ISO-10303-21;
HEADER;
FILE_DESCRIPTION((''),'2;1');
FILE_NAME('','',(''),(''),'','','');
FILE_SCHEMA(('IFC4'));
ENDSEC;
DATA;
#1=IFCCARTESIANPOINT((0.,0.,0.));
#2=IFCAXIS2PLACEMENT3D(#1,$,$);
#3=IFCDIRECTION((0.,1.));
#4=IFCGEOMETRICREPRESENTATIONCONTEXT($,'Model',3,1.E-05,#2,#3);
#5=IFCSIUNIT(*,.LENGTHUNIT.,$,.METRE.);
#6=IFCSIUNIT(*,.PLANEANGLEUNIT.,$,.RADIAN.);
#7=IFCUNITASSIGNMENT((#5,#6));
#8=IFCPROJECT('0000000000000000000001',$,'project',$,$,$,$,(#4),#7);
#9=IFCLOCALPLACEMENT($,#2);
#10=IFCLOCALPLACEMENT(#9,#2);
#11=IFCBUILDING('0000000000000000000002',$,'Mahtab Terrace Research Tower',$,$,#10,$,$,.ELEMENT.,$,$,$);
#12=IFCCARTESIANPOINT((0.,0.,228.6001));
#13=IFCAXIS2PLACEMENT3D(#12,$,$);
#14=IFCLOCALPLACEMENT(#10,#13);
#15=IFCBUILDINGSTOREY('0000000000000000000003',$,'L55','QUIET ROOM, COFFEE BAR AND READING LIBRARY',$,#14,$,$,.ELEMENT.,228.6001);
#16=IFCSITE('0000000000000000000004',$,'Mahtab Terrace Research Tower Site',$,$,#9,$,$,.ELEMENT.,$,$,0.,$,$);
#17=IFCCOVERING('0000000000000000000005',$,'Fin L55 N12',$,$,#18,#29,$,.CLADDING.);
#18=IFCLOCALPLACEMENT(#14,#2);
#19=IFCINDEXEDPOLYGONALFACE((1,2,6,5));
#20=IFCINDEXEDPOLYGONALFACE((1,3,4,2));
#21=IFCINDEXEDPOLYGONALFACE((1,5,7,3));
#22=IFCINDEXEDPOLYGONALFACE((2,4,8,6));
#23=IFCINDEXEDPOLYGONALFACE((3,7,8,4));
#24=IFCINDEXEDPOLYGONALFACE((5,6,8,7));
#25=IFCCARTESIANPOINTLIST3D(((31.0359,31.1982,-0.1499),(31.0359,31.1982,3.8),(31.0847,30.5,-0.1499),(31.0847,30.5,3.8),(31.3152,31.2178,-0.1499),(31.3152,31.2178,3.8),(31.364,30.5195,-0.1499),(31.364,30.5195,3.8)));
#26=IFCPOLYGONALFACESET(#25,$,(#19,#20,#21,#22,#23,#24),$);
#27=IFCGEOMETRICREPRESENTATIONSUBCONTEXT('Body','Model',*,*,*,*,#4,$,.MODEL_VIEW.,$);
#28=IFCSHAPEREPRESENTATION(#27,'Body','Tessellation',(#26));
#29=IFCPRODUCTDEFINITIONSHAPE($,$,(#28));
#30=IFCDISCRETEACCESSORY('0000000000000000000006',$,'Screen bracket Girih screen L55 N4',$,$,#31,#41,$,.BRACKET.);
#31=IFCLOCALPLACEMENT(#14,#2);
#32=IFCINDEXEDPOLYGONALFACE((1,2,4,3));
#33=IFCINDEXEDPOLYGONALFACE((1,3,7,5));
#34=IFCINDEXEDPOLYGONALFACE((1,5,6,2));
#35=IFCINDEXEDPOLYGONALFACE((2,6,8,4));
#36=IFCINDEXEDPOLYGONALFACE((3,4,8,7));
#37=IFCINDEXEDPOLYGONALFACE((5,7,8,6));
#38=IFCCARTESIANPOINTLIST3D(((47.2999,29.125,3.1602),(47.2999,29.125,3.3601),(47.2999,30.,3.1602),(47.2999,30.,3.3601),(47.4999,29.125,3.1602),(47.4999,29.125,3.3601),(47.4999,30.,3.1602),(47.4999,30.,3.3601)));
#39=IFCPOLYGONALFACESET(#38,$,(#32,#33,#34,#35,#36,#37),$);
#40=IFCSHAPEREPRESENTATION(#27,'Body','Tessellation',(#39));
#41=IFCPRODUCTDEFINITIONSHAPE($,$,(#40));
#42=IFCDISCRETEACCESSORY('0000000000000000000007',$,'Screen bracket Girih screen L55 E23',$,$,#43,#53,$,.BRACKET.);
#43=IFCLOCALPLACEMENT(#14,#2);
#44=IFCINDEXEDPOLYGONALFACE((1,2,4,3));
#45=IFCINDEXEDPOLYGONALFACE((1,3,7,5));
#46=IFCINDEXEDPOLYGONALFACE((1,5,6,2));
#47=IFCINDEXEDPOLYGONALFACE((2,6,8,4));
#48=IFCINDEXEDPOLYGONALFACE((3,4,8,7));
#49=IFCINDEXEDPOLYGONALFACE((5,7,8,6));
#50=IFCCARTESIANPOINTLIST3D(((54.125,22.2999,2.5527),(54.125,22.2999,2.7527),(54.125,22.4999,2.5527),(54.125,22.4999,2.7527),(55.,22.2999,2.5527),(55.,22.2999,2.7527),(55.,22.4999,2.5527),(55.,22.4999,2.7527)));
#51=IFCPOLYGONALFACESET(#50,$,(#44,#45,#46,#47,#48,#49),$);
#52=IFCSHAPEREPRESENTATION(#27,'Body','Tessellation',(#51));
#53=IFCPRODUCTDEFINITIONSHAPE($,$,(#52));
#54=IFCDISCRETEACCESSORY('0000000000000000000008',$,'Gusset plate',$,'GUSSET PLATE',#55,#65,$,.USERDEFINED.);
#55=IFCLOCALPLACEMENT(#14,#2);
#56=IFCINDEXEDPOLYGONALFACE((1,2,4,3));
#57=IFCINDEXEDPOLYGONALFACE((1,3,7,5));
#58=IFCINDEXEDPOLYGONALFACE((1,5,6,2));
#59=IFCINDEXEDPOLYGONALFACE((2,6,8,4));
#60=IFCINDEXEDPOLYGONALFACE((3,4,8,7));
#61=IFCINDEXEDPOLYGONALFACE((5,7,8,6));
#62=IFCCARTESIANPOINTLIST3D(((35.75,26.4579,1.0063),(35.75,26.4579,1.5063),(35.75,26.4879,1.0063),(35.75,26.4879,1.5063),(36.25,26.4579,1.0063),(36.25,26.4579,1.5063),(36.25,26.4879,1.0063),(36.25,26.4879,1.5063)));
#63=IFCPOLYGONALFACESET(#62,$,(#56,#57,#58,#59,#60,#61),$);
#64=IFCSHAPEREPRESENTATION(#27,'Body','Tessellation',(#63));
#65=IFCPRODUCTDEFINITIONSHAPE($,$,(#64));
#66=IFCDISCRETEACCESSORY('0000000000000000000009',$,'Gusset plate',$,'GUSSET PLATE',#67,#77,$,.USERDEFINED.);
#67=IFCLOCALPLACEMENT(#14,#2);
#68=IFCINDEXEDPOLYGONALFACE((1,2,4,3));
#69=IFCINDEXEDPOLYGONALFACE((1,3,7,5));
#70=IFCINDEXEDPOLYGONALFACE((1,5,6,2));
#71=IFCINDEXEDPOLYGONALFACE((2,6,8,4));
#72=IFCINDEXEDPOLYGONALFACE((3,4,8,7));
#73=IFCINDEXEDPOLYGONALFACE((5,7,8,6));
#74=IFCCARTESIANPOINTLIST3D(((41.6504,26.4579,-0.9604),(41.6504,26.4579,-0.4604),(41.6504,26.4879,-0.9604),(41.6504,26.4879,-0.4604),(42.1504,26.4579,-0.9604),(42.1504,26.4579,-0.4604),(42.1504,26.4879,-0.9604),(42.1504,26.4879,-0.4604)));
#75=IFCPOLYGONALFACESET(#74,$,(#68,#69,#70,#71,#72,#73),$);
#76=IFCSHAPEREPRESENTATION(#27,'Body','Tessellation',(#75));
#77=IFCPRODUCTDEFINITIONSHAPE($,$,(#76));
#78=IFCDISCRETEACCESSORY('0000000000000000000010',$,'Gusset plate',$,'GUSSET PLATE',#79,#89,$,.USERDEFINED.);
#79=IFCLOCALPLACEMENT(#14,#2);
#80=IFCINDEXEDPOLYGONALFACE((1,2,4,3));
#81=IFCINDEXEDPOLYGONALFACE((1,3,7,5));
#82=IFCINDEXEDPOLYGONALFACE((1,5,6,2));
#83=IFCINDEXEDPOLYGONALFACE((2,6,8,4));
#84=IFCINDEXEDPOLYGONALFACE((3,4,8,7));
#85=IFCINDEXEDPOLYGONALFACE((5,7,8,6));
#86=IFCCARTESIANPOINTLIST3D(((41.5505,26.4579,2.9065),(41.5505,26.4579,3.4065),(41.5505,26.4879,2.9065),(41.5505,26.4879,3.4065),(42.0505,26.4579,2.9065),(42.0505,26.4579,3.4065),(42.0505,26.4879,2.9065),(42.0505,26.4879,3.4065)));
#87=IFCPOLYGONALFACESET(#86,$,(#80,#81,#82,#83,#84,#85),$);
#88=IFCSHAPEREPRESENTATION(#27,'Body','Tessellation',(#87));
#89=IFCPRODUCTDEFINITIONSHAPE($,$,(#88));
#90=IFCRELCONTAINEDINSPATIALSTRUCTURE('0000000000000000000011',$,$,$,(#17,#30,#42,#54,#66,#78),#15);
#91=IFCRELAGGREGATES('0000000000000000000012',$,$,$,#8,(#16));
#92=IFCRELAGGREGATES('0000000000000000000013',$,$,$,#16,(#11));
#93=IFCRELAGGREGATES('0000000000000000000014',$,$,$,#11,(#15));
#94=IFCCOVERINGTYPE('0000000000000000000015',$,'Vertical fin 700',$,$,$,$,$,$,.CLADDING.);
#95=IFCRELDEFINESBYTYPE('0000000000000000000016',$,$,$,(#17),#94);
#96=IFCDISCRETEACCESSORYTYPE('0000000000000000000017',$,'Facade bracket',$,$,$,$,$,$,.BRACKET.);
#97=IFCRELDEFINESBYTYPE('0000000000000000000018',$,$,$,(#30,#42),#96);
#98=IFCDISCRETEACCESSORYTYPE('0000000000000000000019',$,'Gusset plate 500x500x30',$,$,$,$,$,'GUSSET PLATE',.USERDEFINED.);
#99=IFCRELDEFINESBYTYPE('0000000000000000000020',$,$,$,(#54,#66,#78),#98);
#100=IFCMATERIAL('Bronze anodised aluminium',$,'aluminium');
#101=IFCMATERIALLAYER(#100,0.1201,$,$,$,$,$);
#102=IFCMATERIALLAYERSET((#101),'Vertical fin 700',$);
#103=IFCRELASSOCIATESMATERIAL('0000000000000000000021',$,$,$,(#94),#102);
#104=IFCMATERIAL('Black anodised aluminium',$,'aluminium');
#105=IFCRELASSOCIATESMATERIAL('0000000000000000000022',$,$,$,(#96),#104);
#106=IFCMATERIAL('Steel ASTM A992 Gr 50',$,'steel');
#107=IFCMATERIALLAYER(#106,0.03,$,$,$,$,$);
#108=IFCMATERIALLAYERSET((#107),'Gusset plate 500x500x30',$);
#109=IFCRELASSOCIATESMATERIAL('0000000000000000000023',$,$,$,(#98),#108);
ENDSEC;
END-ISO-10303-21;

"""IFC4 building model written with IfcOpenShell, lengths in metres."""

from ifc_helpers import new_model, si_unit, direction, frame, origin, origin_2d, place, context, subcontext, project, spatial, rectangle, extrude, material, layer, layer_set, type_object, element, save


model = new_model("IFC4")

# Units and contexts
model_context = context("Model", 3, precision=1e-05, world=origin(), true_north=direction((0.0, 1.0)))
body_context = subcontext(model_context, "Body", "Model", "MODEL_VIEW")
ifc_project = project(units=[si_unit("LENGTHUNIT", "METRE"), si_unit("PLANEANGLEUNIT", "RADIAN")], contexts=[model_context])

# Site, building, storey
site_placement = place(None, origin())
site = spatial("IfcSite", under=ifc_project, at=site_placement, Name="Mahtab Terrace Research Tower Site", CompositionType="ELEMENT", RefElevation=0.0)
building_placement = place(site_placement, origin())
building = spatial("IfcBuilding", under=site, at=building_placement, Name="Mahtab Terrace Research Tower", CompositionType="ELEMENT")
storey_placement = place(building_placement, frame((0.0, 0.0, 228.6001)))
storey = spatial("IfcBuildingStorey", under=building, at=storey_placement, Name="L55", Description="QUIET ROOM, COFFEE BAR AND READING LIBRARY", CompositionType="ELEMENT", Elevation=228.6001)

# Shared definitions
ifc_material_1 = material(Name="Steel ASTM A992 Gr 50", Category="steel")

# Covering
ifc_material_2 = material(Name="Bronze anodised aluminium", Category="aluminium")
ifc_layer_1 = layer(ifc_material_2, 0.1201)
ifc_layer_set_1 = layer_set([ifc_layer_1], Name="Vertical fin 700")
covering_type_1 = type_object("IfcCoveringType", Name="Vertical fin 700", PredefinedType="CLADDING", material=ifc_layer_set_1)
for number, where, z_axis, x_axis, name in (
    (1, (31.2, 30.8589, -0.1499), (0.0, 0.0, 1.0), (-0.997564, -0.069756, 0.0), "Fin L55 N12"),
):
    element("IfcCovering", number, at=place(storey_placement, frame(where, z_axis=z_axis, x_axis=x_axis)), inside=storey, type_object=covering_type_1, Name=name, PredefinedType="CLADDING", context=body_context, shape_type="SweptSolid", body=[
        extrude(rectangle(XDim=0.28, YDim=0.7, at=origin_2d()), origin(), (0.0, 0.0, 1.0), 3.95),
    ])

# Discrete accessories
ifc_material_3 = material(Name="Black anodised aluminium", Category="aluminium")
discrete_accessory_type_1 = type_object("IfcDiscreteAccessoryType", Name="Facade bracket", PredefinedType="BRACKET", material=ifc_material_3)
for number, where, z_axis, x_axis, name in (
    (2, (47.3999, 29.5625, 3.1602), (0.0, 0.0, 1.0), (-1.0, 0.0, 0.0), "Screen bracket Girih screen L55 N4"),
    (3, (54.5625, 22.3999, 2.5527), (0.0, 0.0, 1.0), (0.0, 1.0, 0.0), "Screen bracket Girih screen L55 E23"),
):
    element("IfcDiscreteAccessory", number, at=place(storey_placement, frame(where, z_axis=z_axis, x_axis=x_axis)), inside=storey, type_object=discrete_accessory_type_1, Name=name, PredefinedType="BRACKET", context=body_context, shape_type="SweptSolid", body=[
        extrude(rectangle(XDim=0.2, YDim=0.875, at=origin_2d()), origin(), (0.0, 0.0, 1.0), 0.2),
    ])
ifc_layer_2 = layer(ifc_material_1, 0.03)
ifc_layer_set_2 = layer_set([ifc_layer_2], Name="Gusset plate 500x500x30")
discrete_accessory_type_2 = type_object("IfcDiscreteAccessoryType", Name="Gusset plate 500x500x30", ElementType="GUSSET PLATE", PredefinedType="USERDEFINED", material=ifc_layer_set_2)
for number, where, z_axis, x_axis, name in (
    (4, (36.0, 26.4729, 1.0063), (0.0, 0.0, 1.0), (1.0, 0.0, 0.0), "Gusset plate"),
    (5, (41.9004, 26.4729, -0.9604), (0.0, 0.0, 1.0), (1.0, 0.0, 0.0), "Gusset plate"),
    (6, (41.8005, 26.4729, 2.9065), (0.0, 0.0, 1.0), (1.0, 0.0, 0.0), "Gusset plate"),
):
    element("IfcDiscreteAccessory", number, at=place(storey_placement, frame(where, z_axis=z_axis, x_axis=x_axis)), inside=storey, type_object=discrete_accessory_type_2, Name=name, ObjectType="GUSSET PLATE", PredefinedType="USERDEFINED", context=body_context, shape_type="SweptSolid", body=[
        extrude(rectangle(XDim=0.5, YDim=0.03, at=origin_2d()), origin(), (0.0, 0.0, 1.0), 0.5),
    ])

save(model, "model.ifc")
